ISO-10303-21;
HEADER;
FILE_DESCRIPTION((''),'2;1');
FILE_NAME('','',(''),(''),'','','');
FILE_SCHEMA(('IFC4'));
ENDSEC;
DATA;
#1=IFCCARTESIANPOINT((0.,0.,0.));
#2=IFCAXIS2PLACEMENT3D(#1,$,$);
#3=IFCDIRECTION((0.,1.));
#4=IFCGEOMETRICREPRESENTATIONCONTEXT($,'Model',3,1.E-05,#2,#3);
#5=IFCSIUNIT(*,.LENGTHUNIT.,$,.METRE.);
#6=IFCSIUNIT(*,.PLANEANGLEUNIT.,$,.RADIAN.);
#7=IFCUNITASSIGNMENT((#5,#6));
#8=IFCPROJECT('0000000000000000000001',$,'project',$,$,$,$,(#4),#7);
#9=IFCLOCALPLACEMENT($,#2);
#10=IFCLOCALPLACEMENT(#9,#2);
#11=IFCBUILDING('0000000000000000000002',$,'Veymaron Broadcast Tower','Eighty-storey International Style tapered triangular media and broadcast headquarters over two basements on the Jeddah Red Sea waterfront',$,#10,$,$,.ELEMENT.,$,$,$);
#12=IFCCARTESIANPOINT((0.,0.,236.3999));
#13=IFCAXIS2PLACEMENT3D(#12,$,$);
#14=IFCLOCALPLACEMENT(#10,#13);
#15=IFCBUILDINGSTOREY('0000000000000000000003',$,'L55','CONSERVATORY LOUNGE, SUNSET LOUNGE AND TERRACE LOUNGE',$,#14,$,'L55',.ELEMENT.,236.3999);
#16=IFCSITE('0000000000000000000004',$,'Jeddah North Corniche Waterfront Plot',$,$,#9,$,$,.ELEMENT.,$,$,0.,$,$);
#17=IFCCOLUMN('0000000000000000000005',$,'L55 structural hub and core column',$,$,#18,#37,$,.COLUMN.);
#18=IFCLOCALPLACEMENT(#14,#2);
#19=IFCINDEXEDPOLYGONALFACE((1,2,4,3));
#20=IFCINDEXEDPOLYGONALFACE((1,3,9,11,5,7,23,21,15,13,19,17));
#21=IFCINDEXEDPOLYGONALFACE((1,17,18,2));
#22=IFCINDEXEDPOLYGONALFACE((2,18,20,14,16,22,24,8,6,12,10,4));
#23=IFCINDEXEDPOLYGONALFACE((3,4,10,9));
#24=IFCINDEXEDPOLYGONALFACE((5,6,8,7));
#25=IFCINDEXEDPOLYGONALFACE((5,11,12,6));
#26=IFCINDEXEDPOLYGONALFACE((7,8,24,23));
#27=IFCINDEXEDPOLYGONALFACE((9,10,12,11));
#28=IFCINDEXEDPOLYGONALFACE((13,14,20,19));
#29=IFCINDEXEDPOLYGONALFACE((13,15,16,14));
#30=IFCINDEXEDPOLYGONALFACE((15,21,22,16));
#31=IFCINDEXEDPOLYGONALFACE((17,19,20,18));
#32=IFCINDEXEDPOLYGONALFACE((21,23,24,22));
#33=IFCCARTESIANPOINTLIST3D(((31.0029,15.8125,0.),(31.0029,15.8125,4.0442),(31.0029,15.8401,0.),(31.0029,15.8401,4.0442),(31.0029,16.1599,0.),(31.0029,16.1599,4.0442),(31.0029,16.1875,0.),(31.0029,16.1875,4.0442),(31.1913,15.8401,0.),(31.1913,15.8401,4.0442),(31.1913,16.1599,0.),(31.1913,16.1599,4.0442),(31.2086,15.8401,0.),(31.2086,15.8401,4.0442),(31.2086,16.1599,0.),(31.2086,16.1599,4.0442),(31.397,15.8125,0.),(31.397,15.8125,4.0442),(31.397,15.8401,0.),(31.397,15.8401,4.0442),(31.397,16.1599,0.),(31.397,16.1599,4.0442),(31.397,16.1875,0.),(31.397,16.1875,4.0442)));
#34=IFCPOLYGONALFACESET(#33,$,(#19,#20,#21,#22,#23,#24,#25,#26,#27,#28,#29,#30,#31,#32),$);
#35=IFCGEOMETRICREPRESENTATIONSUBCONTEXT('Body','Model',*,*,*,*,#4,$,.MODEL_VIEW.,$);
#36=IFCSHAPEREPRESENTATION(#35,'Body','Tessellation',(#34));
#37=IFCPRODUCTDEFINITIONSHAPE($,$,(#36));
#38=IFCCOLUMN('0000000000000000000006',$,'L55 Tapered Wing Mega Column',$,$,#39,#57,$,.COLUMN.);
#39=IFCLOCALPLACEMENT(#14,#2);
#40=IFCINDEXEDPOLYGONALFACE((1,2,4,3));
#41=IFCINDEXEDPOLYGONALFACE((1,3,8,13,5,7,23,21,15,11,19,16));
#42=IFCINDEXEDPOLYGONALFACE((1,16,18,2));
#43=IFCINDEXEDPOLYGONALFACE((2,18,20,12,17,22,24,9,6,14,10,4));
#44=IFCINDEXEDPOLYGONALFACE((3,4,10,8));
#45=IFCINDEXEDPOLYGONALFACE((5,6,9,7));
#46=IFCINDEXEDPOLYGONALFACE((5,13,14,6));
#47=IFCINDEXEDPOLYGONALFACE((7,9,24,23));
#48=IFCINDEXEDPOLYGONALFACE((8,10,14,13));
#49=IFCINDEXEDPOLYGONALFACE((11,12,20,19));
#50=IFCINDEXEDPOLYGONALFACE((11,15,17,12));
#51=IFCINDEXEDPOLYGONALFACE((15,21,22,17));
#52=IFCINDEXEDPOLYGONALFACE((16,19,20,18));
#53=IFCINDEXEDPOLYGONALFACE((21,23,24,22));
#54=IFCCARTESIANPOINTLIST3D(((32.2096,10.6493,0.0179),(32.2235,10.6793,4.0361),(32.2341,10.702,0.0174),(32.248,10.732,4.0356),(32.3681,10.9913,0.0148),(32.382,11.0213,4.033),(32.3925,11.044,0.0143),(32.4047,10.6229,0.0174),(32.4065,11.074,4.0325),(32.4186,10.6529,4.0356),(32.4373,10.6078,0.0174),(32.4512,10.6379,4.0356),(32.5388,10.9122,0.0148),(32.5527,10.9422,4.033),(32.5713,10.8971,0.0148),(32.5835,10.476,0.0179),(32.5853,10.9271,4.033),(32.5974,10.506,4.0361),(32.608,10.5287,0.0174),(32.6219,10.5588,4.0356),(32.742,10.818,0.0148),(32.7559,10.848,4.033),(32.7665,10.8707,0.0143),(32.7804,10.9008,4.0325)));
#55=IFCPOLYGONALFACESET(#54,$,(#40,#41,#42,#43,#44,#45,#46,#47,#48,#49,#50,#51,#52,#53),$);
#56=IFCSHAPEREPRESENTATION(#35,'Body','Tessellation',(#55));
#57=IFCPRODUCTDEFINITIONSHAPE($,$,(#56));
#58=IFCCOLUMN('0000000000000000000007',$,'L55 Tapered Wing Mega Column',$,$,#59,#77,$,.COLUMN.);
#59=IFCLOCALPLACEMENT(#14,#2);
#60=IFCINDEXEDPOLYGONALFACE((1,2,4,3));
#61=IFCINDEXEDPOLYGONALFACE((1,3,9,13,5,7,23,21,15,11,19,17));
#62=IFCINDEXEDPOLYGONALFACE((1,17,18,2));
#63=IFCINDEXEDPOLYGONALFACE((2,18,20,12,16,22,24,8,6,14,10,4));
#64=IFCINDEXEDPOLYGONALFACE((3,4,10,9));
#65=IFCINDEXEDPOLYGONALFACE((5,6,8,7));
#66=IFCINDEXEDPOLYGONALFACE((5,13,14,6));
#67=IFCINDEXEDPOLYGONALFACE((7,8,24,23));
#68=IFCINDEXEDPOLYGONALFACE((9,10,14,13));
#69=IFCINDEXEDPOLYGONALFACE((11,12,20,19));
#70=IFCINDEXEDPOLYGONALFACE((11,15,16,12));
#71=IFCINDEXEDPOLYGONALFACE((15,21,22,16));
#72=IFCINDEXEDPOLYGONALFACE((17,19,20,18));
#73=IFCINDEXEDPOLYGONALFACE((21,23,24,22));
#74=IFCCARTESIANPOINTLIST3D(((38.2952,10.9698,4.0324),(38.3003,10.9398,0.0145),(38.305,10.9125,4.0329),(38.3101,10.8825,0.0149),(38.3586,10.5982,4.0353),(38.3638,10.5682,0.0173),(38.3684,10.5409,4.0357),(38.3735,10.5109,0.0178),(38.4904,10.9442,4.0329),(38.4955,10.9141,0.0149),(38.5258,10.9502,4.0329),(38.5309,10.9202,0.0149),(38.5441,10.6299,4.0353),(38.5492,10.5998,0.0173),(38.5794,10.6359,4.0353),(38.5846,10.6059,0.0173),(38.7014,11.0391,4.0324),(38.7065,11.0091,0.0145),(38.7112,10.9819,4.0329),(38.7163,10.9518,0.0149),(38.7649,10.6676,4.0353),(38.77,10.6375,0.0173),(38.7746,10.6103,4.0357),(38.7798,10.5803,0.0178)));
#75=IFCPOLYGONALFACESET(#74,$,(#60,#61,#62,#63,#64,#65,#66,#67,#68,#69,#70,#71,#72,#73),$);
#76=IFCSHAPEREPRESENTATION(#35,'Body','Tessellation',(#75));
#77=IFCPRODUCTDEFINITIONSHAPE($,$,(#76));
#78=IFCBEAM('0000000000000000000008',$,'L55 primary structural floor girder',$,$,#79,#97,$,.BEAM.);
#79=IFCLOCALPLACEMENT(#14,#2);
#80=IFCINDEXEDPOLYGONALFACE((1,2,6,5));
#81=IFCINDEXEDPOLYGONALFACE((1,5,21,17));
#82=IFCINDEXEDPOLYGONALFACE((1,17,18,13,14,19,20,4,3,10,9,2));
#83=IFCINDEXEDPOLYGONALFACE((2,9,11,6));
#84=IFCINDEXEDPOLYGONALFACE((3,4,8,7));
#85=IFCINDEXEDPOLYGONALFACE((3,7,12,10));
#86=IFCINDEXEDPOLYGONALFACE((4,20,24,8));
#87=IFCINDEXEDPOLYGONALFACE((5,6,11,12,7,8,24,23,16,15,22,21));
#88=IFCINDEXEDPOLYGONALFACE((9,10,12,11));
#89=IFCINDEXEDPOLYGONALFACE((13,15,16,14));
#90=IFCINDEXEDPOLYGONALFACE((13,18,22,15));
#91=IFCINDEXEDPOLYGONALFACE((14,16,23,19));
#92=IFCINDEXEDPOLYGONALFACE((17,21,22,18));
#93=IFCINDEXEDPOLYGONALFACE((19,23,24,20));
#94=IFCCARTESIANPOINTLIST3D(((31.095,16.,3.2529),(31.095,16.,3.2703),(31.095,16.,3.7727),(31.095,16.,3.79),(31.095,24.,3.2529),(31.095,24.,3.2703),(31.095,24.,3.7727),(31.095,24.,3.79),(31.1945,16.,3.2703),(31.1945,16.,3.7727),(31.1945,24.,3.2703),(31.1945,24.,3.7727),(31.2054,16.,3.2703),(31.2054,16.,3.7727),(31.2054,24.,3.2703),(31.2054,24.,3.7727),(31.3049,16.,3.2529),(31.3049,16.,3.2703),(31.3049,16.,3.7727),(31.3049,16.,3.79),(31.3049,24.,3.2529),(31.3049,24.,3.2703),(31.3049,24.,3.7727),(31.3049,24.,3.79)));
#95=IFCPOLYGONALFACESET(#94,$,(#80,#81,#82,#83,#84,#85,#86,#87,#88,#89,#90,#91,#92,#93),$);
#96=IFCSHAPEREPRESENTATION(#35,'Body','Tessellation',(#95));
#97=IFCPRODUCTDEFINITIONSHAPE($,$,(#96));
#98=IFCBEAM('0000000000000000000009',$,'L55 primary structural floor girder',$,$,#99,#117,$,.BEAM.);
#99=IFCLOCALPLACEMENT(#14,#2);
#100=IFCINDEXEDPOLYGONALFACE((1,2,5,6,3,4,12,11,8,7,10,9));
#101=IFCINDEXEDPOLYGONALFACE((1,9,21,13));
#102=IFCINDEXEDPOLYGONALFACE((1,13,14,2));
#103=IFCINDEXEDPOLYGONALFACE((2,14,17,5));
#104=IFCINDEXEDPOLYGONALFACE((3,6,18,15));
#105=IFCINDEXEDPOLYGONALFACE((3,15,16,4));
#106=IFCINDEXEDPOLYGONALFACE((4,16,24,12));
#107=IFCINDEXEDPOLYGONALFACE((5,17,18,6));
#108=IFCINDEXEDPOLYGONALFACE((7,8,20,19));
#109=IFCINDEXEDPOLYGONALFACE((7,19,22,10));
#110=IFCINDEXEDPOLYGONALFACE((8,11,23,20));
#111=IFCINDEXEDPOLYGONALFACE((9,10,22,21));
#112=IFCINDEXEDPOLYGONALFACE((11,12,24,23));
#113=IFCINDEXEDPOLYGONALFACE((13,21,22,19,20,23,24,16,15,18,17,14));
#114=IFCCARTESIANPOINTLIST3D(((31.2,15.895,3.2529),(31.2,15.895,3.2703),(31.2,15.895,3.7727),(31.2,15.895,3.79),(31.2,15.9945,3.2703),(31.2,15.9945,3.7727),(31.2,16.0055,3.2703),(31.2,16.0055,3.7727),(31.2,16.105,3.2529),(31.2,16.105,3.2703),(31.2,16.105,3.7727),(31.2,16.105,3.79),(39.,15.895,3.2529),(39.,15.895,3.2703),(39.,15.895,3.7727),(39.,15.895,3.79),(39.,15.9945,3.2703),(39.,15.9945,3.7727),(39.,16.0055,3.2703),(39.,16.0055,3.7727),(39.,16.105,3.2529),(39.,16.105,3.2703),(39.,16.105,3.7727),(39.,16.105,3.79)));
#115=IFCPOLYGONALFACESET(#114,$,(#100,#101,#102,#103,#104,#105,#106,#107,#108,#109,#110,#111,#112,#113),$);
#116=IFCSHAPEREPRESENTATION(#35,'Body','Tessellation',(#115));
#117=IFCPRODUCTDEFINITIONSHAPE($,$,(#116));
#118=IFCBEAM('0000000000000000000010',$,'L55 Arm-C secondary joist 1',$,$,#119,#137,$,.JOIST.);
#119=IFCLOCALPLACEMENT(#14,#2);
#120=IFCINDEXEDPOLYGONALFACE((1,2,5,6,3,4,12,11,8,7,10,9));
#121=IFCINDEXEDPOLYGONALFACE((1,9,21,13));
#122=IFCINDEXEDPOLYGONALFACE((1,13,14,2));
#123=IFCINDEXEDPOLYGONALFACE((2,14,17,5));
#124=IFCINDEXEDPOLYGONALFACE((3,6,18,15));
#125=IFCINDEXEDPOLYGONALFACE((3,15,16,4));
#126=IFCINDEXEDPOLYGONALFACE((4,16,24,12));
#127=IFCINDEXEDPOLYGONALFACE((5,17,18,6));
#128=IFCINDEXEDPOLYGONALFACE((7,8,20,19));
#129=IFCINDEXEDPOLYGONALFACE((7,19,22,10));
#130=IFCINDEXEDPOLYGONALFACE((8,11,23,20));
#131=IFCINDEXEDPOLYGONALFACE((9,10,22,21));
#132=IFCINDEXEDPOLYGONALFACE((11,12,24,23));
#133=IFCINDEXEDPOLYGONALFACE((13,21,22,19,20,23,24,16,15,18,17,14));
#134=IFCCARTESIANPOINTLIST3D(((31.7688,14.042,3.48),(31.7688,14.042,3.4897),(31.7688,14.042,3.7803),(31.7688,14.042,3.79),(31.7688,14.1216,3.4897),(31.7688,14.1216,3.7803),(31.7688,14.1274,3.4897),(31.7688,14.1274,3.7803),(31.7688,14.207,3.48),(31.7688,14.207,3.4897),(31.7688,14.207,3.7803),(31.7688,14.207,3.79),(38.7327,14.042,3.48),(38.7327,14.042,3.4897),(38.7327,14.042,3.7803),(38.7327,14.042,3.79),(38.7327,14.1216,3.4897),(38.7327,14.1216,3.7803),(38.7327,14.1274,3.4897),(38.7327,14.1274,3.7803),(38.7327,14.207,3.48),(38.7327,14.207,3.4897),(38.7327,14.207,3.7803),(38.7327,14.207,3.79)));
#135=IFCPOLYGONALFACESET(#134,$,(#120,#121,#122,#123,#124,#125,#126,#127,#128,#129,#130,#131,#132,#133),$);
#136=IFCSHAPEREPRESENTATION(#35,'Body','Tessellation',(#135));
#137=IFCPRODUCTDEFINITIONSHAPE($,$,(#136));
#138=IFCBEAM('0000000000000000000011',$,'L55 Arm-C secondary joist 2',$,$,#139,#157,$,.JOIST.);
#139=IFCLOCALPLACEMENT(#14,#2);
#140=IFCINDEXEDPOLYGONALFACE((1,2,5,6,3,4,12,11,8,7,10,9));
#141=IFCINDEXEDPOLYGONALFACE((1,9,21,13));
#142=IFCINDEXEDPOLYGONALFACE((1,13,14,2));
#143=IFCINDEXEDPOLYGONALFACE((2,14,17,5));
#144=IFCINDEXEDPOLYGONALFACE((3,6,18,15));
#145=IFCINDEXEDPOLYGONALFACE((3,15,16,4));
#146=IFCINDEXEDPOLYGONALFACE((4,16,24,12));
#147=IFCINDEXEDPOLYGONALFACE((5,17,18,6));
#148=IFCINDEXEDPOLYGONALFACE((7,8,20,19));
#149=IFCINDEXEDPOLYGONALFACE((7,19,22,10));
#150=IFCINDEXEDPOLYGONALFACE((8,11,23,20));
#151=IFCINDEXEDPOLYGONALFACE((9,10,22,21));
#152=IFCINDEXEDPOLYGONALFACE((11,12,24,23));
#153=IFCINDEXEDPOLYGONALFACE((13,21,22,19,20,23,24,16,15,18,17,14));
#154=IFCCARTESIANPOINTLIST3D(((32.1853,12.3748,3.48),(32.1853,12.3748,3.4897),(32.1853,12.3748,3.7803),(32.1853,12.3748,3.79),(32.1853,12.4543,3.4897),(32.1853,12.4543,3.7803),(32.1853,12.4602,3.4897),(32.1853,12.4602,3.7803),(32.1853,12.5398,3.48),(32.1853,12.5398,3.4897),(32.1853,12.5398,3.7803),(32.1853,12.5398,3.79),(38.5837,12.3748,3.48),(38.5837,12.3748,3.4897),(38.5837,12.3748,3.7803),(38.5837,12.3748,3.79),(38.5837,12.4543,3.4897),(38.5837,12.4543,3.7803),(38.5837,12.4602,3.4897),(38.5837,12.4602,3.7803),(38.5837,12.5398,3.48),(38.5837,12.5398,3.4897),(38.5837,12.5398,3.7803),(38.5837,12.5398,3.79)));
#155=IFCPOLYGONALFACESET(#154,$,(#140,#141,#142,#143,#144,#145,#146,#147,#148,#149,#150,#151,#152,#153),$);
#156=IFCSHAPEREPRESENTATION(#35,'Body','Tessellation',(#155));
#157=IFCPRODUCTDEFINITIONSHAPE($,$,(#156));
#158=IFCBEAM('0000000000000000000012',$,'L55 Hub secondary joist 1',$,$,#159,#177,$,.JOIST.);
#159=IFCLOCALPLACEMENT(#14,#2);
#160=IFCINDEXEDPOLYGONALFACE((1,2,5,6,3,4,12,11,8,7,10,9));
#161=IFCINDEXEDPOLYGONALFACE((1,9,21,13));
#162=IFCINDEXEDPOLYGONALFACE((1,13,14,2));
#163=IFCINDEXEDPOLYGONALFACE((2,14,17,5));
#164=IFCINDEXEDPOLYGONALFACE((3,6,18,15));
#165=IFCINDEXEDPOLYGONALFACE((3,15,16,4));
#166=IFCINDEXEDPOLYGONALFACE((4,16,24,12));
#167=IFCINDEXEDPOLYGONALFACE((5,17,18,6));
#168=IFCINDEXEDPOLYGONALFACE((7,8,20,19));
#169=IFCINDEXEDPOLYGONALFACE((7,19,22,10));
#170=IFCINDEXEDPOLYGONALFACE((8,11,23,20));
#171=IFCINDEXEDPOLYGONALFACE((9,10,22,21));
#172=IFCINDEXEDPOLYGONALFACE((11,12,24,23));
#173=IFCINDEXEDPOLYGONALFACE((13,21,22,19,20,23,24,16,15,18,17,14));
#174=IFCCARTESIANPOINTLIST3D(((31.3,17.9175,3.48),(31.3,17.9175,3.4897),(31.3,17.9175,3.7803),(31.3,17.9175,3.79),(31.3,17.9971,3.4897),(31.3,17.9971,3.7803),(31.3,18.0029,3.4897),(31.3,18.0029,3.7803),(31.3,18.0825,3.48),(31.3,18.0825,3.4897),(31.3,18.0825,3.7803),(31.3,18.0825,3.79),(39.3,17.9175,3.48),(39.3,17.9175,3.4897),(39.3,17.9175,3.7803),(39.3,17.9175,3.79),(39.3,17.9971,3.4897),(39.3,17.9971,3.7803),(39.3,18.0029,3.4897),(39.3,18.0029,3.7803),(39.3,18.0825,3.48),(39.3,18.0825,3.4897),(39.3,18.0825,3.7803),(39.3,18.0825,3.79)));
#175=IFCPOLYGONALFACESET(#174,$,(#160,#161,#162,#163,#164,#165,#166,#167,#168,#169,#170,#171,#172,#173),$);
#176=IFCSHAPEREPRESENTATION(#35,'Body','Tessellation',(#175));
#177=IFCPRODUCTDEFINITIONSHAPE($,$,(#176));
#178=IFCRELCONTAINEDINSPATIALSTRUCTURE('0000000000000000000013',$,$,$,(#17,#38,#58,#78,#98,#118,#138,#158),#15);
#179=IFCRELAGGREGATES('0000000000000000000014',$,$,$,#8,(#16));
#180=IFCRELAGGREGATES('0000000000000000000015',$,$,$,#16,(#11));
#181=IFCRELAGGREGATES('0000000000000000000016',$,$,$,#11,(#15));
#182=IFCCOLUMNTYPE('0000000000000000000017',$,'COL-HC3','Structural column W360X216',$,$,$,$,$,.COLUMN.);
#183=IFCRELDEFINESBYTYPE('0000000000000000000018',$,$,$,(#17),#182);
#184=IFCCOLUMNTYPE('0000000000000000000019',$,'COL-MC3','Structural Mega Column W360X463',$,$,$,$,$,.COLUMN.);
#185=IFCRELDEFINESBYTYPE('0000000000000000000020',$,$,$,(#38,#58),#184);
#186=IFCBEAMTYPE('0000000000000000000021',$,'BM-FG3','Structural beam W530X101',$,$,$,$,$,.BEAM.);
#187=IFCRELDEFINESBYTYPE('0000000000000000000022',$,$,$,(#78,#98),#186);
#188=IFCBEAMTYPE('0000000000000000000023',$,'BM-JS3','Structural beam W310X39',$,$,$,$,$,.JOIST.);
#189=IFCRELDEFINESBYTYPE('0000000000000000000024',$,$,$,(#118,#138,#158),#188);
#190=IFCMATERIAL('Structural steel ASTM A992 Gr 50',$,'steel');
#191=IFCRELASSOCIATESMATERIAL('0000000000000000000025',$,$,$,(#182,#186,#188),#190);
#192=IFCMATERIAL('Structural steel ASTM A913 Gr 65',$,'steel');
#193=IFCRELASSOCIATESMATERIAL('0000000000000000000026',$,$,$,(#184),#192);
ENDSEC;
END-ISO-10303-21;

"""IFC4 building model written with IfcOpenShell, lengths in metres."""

from ifc_helpers import new_model, si_unit, direction, frame, origin, origin_2d, place, context, subcontext, project, spatial, i_section, extrude, material, material_profile, profile_set, type_object, element, save


model = new_model("IFC4")

# Units and contexts
model_context = context("Model", 3, precision=1e-05, world=origin(), true_north=direction((0.0, 1.0)))
body_context = subcontext(model_context, "Body", "Model", "MODEL_VIEW")
ifc_project = project(units=[si_unit("LENGTHUNIT", "METRE"), si_unit("PLANEANGLEUNIT", "RADIAN")], contexts=[model_context])

# Site, building, storey
site_placement = place(None, origin())
site = spatial("IfcSite", under=ifc_project, at=site_placement, Name="Jeddah North Corniche Waterfront Plot", CompositionType="ELEMENT", RefElevation=0.0)
building_placement = place(site_placement, origin())
building = spatial("IfcBuilding", under=site, at=building_placement, Name="Veymaron Broadcast Tower", Description="Eighty-storey International Style tapered triangular media and broadcast headquarters over two basements on the Jeddah Red Sea waterfront", CompositionType="ELEMENT")
storey_placement = place(building_placement, frame((0.0, 0.0, 236.3999)))
storey = spatial("IfcBuildingStorey", under=building, at=storey_placement, Name="L55", Description="CONSERVATORY LOUNGE, SUNSET LOUNGE AND TERRACE LOUNGE", LongName="L55", CompositionType="ELEMENT", Elevation=236.3999)

# Columns
ifc_material_1 = material(Name="Structural steel ASTM A992 Gr 50", Category="steel")
ifc_material_profile_1 = material_profile(ifc_material_1, i_section(OverallWidth=0.394, OverallDepth=0.375, WebThickness=0.0173, FlangeThickness=0.0276, at=origin_2d()), Name="W360X216")
ifc_profile_set_1 = profile_set([ifc_material_profile_1], Name="Structural steel ASTM A992 Gr 50")
column_type_1 = type_object("IfcColumnType", Name="COL-HC3", Description="Structural column W360X216", PredefinedType="COLUMN", material=ifc_profile_set_1)
column_1_placement = place(storey_placement, frame((31.2, 16.0, 0.0), z_axis=(0.0, 0.0, 1.0), x_axis=(1.0, 0.0, 0.0)))
element("IfcColumn", 1, at=column_1_placement, inside=storey, type_object=column_type_1, Name="L55 structural hub and core column", PredefinedType="COLUMN", context=body_context, shape_type="SweptSolid", body=[
    extrude(i_section(OverallWidth=0.394, OverallDepth=0.375, WebThickness=0.0173, FlangeThickness=0.0276, at=origin_2d()), origin(), (0.0, 0.0, 1.0), 4.0442),
])
ifc_material_2 = material(Name="Structural steel ASTM A913 Gr 65", Category="steel")
ifc_material_profile_2 = material_profile(ifc_material_2, i_section(OverallWidth=0.4121, OverallDepth=0.4351, WebThickness=0.0359, FlangeThickness=0.0581, at=origin_2d()), Name="W360X463")
ifc_profile_set_2 = profile_set([ifc_material_profile_2], Name="Structural steel ASTM A913 Gr 65")
column_type_2 = type_object("IfcColumnType", Name="COL-MC3", Description="Structural Mega Column W360X463", PredefinedType="COLUMN", material=ifc_profile_set_2)
column_2_placement = place(storey_placement, frame((32.488, 10.76, 0.0161), z_axis=(0.003463, 0.007473, 0.999966), x_axis=(-0.907311, 0.420461, 0.0)))
element("IfcColumn", 2, at=column_2_placement, inside=storey, type_object=column_type_2, Name="L55 Tapered Wing Mega Column", PredefinedType="COLUMN", context=body_context, shape_type="SweptSolid", body=[
    extrude(i_section(OverallWidth=0.4121, OverallDepth=0.4351, WebThickness=0.0359, FlangeThickness=0.0581, at=origin_2d()), origin(), (0.0, 0.0, 1.0), 4.0183),
])
column_3_placement = place(storey_placement, frame((38.54, 10.76, 0.0161), z_axis=(-0.001276, 0.007473, 0.999971), x_axis=(-0.985736, -0.168296, 0.0)))
element("IfcColumn", 3, at=column_3_placement, inside=storey, type_object=column_type_2, Name="L55 Tapered Wing Mega Column", PredefinedType="COLUMN", context=body_context, shape_type="SweptSolid", body=[
    extrude(i_section(OverallWidth=0.4121, OverallDepth=0.4351, WebThickness=0.0359, FlangeThickness=0.0581, at=origin_2d()), origin(), (0.0, 0.0, 1.0), 4.0181),
])

# Beams
ifc_material_profile_3 = material_profile(ifc_material_1, i_section(OverallWidth=0.21, OverallDepth=0.5371, WebThickness=0.011, FlangeThickness=0.0173, at=origin_2d()), Name="W530X101")
ifc_profile_set_3 = profile_set([ifc_material_profile_3], Name="Structural steel ASTM A992 Gr 50")
beam_type_1 = type_object("IfcBeamType", Name="BM-FG3", Description="Structural beam W530X101", PredefinedType="BEAM", material=ifc_profile_set_3)
beam_1_placement = place(storey_placement, frame((31.2, 16.0, 3.5215), z_axis=(0.0, 1.0, 0.0), x_axis=(-1.0, 0.0, 0.0)))
element("IfcBeam", 4, at=beam_1_placement, inside=storey, type_object=beam_type_1, Name="L55 primary structural floor girder", PredefinedType="BEAM", context=body_context, shape_type="SweptSolid", body=[
    extrude(i_section(OverallWidth=0.21, OverallDepth=0.5371, WebThickness=0.011, FlangeThickness=0.0173, at=origin_2d()), origin(), (0.0, 0.0, 1.0), 8.0),
])
beam_2_placement = place(storey_placement, frame((31.2, 16.0, 3.5215), z_axis=(1.0, 0.0, 0.0), x_axis=(0.0, 1.0, 0.0)))
element("IfcBeam", 5, at=beam_2_placement, inside=storey, type_object=beam_type_1, Name="L55 primary structural floor girder", PredefinedType="BEAM", context=body_context, shape_type="SweptSolid", body=[
    extrude(i_section(OverallWidth=0.21, OverallDepth=0.5371, WebThickness=0.011, FlangeThickness=0.0173, at=origin_2d()), origin(), (0.0, 0.0, 1.0), 7.8),
])
ifc_material_profile_4 = material_profile(ifc_material_1, i_section(OverallWidth=0.165, OverallDepth=0.3101, WebThickness=0.0059, FlangeThickness=0.0098, at=origin_2d()), Name="W310X39")
ifc_profile_set_4 = profile_set([ifc_material_profile_4], Name="Structural steel ASTM A992 Gr 50")
beam_type_2 = type_object("IfcBeamType", Name="BM-JS3", Description="Structural beam W310X39", PredefinedType="JOIST", material=ifc_profile_set_4)
beam_3_placement = place(storey_placement, frame((31.7688, 14.1245, 3.635), z_axis=(1.0, 0.0, 0.0), x_axis=(0.0, 1.0, 0.0)))
element("IfcBeam", 6, at=beam_3_placement, inside=storey, type_object=beam_type_2, Name="L55 Arm-C secondary joist 1", PredefinedType="JOIST", context=body_context, shape_type="SweptSolid", body=[
    extrude(i_section(OverallWidth=0.165, OverallDepth=0.3101, WebThickness=0.0059, FlangeThickness=0.0098, at=origin_2d()), origin(), (0.0, 0.0, 1.0), 6.9639),
])
beam_4_placement = place(storey_placement, frame((32.1853, 12.4573, 3.635), z_axis=(1.0, 0.0, 0.0), x_axis=(0.0, 1.0, 0.0)))
element("IfcBeam", 7, at=beam_4_placement, inside=storey, type_object=beam_type_2, Name="L55 Arm-C secondary joist 2", PredefinedType="JOIST", context=body_context, shape_type="SweptSolid", body=[
    extrude(i_section(OverallWidth=0.165, OverallDepth=0.3101, WebThickness=0.0059, FlangeThickness=0.0098, at=origin_2d()), origin(), (0.0, 0.0, 1.0), 6.3984),
])
for number, where, z_axis, x_axis, name in (
    (8, (31.3, 18.0, 3.635), (1.0, 0.0, 0.0), (0.0, 1.0, 0.0), "L55 Hub secondary joist 1"),
):
    element("IfcBeam", number, at=place(storey_placement, frame(where, z_axis=z_axis, x_axis=x_axis)), inside=storey, type_object=beam_type_2, Name=name, PredefinedType="JOIST", context=body_context, shape_type="SweptSolid", body=[
        extrude(i_section(OverallWidth=0.165, OverallDepth=0.3101, WebThickness=0.0059, FlangeThickness=0.0098, at=origin_2d()), origin(), (0.0, 0.0, 1.0), 8.0),
    ])

save(model, "model.ifc")
